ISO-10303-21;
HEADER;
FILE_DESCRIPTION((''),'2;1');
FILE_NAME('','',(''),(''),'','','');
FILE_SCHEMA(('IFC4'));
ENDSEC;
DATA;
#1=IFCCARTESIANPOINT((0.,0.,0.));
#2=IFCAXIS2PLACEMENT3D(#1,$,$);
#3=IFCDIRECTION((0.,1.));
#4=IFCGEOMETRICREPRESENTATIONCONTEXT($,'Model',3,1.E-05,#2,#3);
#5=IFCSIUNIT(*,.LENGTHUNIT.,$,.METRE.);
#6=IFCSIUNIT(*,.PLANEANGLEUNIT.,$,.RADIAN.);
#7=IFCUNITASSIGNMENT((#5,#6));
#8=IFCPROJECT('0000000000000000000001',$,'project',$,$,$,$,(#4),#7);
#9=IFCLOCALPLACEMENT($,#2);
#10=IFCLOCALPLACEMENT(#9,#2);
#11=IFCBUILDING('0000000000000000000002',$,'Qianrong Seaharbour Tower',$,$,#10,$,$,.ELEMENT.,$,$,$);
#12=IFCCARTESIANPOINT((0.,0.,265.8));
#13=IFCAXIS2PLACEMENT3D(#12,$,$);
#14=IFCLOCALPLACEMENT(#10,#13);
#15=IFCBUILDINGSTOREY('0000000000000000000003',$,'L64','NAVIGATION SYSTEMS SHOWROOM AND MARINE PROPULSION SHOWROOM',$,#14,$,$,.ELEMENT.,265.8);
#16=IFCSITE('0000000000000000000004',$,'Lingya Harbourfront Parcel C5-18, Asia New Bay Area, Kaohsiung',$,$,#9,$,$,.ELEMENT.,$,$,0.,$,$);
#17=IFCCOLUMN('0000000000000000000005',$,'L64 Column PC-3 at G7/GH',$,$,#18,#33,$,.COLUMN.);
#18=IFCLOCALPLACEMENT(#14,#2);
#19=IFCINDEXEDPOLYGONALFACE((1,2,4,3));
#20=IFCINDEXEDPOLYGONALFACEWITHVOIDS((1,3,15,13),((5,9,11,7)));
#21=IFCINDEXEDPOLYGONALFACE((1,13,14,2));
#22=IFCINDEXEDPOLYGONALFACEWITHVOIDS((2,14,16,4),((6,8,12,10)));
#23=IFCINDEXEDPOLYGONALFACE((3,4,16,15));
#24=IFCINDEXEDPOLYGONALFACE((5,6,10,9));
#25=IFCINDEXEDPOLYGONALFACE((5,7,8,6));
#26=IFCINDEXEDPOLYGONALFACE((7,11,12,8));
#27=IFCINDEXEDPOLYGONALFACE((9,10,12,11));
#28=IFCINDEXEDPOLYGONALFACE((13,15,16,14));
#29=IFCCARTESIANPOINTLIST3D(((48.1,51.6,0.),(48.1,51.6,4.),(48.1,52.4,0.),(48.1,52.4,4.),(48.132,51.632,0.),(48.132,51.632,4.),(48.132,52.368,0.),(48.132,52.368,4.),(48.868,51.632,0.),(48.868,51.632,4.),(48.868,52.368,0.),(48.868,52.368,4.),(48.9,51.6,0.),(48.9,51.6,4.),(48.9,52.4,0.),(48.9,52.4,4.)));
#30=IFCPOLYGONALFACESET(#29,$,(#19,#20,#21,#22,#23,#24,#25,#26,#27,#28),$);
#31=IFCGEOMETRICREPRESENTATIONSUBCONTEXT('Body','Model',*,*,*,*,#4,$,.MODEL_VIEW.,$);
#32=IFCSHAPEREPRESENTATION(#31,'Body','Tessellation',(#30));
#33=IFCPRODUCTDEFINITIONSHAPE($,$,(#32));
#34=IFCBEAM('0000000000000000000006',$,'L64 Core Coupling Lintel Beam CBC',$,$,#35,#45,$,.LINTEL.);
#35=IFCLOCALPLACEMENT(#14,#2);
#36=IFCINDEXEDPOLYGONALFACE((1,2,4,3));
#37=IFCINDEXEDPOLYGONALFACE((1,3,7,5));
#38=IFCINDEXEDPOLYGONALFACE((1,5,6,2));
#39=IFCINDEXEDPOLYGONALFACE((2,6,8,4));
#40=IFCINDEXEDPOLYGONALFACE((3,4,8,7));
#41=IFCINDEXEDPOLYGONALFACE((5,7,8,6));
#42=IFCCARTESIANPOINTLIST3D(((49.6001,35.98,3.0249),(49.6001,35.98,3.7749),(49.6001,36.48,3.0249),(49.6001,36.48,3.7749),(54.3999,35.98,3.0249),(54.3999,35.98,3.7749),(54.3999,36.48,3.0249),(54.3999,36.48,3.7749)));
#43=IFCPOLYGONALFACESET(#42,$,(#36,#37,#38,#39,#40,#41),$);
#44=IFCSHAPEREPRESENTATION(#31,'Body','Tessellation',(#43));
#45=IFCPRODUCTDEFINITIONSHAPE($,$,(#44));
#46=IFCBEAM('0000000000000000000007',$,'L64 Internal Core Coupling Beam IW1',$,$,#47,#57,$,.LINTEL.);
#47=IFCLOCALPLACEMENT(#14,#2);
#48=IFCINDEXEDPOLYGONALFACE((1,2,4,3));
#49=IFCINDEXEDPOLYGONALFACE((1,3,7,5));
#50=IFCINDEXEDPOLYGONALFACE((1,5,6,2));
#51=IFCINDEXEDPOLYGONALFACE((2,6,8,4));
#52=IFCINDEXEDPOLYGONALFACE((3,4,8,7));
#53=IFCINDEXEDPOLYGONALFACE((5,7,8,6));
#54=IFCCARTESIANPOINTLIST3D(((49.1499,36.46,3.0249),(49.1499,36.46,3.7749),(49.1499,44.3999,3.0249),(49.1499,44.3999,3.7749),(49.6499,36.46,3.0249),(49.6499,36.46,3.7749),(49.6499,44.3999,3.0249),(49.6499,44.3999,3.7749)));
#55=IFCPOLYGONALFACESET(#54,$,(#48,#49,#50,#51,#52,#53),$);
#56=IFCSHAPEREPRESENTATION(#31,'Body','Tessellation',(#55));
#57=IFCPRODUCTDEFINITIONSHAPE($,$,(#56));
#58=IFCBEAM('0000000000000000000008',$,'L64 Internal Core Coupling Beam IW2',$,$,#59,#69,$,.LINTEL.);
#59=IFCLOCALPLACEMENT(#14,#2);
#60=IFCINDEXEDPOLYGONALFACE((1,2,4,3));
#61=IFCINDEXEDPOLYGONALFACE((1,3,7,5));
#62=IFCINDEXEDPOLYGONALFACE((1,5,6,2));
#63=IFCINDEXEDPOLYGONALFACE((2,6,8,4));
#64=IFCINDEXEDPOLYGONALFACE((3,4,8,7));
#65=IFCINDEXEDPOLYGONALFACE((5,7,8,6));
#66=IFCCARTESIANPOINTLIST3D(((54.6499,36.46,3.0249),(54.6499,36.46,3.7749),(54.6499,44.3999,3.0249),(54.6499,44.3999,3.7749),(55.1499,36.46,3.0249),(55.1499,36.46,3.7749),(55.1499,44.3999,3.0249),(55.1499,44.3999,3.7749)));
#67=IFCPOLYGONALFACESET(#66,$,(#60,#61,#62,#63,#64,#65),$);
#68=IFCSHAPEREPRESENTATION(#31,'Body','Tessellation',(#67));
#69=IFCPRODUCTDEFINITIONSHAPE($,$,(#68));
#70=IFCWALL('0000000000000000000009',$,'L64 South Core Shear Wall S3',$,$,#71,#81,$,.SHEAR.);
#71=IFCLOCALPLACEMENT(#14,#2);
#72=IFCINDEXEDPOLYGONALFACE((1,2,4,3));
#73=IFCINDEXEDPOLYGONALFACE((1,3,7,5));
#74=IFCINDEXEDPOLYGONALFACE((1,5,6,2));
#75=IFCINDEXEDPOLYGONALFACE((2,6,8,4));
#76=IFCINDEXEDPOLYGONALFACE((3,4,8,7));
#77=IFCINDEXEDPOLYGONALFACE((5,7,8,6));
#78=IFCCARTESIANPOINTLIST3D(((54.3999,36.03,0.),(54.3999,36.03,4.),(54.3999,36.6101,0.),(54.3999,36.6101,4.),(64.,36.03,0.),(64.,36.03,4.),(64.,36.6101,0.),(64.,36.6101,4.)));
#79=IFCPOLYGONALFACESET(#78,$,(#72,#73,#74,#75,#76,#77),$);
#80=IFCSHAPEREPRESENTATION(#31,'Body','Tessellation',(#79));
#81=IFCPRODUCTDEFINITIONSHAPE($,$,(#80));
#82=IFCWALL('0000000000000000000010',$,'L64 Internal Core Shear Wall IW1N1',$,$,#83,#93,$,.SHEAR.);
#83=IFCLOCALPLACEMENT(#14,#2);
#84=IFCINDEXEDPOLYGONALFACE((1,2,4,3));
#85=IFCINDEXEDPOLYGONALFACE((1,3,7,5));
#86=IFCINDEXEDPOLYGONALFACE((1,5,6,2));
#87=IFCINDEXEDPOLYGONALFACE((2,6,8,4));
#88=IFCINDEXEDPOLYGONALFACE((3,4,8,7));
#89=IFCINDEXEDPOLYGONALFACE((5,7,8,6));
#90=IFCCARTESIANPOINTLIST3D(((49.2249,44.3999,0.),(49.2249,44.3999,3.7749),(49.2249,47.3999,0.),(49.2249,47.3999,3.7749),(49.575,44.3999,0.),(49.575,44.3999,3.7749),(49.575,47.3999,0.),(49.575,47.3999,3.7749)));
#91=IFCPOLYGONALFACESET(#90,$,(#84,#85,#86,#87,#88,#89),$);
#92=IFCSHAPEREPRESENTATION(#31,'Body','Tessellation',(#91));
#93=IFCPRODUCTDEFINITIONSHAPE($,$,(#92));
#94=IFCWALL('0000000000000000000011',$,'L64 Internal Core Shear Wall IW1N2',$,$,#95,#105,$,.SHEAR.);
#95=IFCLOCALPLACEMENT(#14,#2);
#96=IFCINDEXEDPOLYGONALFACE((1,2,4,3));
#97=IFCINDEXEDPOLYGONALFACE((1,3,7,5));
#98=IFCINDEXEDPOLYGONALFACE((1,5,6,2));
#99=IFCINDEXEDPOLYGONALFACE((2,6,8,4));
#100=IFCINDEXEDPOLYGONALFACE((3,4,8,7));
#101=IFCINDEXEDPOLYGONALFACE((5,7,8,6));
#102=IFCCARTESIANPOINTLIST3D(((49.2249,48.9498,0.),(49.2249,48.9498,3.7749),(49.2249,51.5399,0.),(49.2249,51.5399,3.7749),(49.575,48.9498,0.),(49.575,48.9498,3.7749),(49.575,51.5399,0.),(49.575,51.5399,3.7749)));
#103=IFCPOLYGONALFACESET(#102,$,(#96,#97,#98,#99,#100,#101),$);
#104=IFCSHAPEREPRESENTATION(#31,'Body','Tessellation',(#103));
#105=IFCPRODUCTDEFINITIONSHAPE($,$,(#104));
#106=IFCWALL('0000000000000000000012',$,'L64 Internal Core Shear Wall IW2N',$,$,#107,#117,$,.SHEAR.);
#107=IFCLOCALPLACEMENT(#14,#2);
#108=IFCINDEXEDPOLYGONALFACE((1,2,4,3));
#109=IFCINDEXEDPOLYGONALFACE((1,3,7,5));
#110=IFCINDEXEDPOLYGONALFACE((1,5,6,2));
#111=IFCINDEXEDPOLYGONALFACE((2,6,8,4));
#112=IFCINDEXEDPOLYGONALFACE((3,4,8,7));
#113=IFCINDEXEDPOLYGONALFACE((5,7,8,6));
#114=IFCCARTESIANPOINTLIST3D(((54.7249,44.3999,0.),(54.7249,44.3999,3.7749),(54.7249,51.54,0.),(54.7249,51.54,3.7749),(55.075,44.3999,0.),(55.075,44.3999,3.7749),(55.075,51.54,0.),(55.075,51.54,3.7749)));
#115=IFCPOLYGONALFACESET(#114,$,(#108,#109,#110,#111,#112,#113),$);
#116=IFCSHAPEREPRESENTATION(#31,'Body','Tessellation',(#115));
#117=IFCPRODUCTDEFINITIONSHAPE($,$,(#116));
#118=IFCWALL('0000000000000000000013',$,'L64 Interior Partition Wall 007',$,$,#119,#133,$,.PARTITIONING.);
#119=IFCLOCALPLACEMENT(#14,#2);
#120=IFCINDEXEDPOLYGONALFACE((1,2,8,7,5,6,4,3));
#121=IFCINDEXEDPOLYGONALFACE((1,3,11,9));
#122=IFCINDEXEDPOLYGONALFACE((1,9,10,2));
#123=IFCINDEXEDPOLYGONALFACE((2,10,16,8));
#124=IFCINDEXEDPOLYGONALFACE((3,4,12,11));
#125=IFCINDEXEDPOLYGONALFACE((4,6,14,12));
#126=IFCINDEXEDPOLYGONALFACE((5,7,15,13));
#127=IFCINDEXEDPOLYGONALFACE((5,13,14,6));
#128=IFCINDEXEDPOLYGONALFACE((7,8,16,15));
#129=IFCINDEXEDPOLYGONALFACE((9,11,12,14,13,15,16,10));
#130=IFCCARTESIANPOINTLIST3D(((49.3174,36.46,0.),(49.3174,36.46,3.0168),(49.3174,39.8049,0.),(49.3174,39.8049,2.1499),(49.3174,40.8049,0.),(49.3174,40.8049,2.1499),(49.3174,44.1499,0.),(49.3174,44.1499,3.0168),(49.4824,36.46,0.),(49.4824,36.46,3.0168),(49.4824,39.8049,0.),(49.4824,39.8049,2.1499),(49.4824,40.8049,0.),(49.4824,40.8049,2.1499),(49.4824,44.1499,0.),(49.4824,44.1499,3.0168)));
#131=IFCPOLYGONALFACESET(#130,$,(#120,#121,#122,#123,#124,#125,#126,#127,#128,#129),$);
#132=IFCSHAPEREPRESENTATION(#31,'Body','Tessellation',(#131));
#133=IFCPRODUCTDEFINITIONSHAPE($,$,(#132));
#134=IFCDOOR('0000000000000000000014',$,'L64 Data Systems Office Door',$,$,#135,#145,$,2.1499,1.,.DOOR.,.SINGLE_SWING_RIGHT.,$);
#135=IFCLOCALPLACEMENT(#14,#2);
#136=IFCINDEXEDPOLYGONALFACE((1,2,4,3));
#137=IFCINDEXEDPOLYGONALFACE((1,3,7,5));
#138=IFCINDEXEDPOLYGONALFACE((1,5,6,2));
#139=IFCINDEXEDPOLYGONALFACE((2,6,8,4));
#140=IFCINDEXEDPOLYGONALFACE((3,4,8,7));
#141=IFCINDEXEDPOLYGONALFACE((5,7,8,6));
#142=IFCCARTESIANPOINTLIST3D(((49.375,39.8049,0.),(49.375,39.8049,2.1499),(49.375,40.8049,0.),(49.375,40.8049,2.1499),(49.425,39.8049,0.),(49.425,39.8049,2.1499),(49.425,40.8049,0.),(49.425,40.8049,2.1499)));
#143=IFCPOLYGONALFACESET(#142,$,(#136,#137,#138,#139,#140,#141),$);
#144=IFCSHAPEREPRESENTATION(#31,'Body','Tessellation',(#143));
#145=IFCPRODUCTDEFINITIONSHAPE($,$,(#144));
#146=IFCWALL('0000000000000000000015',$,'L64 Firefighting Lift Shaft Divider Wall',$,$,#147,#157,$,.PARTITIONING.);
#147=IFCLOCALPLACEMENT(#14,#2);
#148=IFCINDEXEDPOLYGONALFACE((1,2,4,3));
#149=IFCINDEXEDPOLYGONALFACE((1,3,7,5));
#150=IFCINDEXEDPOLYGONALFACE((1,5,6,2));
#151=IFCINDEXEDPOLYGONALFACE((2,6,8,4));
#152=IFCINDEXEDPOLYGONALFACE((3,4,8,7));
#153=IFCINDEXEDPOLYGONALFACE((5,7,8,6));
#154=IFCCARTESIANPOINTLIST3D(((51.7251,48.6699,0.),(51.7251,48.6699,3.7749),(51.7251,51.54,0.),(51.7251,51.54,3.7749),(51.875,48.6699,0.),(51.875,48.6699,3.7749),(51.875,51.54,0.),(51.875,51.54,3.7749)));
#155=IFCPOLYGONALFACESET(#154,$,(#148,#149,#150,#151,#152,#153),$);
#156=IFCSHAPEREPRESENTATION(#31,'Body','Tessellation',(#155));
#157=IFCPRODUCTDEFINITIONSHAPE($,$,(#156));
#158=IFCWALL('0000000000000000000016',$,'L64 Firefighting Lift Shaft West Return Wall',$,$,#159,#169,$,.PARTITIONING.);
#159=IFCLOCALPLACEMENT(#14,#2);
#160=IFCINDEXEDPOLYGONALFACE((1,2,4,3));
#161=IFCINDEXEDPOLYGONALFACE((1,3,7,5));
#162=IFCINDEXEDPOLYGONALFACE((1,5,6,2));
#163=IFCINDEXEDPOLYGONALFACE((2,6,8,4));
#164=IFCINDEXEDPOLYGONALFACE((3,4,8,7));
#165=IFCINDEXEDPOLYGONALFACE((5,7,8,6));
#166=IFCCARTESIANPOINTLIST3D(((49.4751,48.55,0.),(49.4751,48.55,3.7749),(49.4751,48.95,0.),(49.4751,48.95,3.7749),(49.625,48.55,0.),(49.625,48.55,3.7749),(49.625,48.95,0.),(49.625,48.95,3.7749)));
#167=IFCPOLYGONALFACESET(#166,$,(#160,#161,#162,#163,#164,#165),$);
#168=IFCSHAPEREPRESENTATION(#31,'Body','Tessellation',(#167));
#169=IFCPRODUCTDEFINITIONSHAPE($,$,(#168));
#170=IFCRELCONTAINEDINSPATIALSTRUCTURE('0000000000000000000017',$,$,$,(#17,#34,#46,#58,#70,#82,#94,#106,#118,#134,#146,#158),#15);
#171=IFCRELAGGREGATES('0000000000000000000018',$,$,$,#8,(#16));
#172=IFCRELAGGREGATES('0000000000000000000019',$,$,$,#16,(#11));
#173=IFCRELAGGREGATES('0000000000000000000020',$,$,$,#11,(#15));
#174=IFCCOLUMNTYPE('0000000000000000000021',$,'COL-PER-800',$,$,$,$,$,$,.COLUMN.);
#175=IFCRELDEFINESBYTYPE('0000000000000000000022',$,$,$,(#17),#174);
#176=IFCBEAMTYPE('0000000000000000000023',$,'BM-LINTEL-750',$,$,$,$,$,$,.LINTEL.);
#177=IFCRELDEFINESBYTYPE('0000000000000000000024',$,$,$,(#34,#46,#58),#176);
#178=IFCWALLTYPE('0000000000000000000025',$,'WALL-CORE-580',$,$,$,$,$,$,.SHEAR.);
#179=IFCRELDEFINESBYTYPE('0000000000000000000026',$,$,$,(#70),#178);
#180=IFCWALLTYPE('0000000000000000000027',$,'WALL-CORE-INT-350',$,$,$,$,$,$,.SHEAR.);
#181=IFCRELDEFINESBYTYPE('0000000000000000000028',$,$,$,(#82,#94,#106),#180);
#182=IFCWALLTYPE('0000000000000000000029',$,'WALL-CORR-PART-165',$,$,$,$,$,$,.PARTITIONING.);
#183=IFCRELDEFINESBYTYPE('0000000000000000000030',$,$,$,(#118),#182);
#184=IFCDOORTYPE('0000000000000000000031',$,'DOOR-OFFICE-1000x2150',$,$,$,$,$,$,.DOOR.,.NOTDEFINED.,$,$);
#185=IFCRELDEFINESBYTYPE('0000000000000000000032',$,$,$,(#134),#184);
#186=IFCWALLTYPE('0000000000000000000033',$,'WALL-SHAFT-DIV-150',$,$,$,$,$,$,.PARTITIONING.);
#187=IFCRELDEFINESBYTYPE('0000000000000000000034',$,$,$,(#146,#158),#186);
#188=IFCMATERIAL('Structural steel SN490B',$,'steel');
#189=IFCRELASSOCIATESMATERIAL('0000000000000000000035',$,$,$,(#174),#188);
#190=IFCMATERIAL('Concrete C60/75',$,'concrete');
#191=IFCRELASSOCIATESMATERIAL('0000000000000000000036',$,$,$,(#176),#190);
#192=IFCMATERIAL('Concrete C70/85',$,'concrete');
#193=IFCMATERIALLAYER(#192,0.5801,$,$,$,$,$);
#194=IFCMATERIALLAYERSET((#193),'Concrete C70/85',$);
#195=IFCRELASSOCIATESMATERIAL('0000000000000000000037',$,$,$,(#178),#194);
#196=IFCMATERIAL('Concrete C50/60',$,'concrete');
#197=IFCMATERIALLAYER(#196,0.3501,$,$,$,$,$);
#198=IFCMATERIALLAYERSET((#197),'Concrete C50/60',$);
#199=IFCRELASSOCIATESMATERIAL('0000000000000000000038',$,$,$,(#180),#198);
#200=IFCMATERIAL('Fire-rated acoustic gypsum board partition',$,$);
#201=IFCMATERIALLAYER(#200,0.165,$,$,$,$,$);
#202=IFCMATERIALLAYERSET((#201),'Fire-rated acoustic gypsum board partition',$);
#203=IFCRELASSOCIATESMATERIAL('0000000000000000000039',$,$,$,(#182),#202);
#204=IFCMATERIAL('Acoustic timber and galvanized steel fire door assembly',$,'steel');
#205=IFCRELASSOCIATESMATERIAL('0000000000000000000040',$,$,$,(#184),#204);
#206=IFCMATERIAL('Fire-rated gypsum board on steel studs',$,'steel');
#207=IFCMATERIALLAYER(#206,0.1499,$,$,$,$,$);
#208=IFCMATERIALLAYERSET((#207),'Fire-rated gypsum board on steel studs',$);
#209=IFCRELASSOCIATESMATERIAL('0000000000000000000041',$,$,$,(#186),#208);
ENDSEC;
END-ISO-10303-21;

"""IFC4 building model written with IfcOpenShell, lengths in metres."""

from ifc_helpers import new_model, si_unit, direction, frame, frame_2d, origin, origin_2d, place, context, subcontext, project, spatial, rectangle, hollow_rectangle, extrude, material, layer, layer_set, material_profile, profile_set, type_object, element, fill, save


model = new_model("IFC4")

# Units and contexts
model_context = context("Model", 3, precision=1e-05, world=origin(), true_north=direction((0.0, 1.0)))
body_context = subcontext(model_context, "Body", "Model", "MODEL_VIEW")
ifc_project = project(units=[si_unit("LENGTHUNIT", "METRE"), si_unit("PLANEANGLEUNIT", "RADIAN")], contexts=[model_context])

# Site, building, storey
site_placement = place(None, origin())
site = spatial("IfcSite", under=ifc_project, at=site_placement, Name="Lingya Harbourfront Parcel C5-18, Asia New Bay Area, Kaohsiung", CompositionType="ELEMENT", RefElevation=0.0)
building_placement = place(site_placement, origin())
building = spatial("IfcBuilding", under=site, at=building_placement, Name="Qianrong Seaharbour Tower", CompositionType="ELEMENT")
storey_placement = place(building_placement, frame((0.0, 0.0, 265.8)))
storey = spatial("IfcBuildingStorey", under=building, at=storey_placement, Name="L64", Description="NAVIGATION SYSTEMS SHOWROOM AND MARINE PROPULSION SHOWROOM", CompositionType="ELEMENT", Elevation=265.8)

# Column
ifc_material_1 = material(Name="Structural steel SN490B", Category="steel")
ifc_material_profile_1 = material_profile(ifc_material_1, hollow_rectangle(XDim=0.8, YDim=0.8, WallThickness=0.032, at=origin_2d()), Name="BOX800x800x32")
ifc_profile_set_1 = profile_set([ifc_material_profile_1], Name="Structural steel SN490B")
column_type = type_object("IfcColumnType", Name="COL-PER-800", PredefinedType="COLUMN", material=ifc_profile_set_1)
column_placement = place(storey_placement, frame((48.5, 52.0, 0.0), z_axis=(0.0, 0.0, 1.0), x_axis=(1.0, 0.0, 0.0)))
element("IfcColumn", 1, at=column_placement, inside=storey, type_object=column_type, Name="L64 Column PC-3 at G7/GH", PredefinedType="COLUMN", context=body_context, shape_type="SweptSolid", body=[
    extrude(hollow_rectangle(XDim=0.8, YDim=0.8, WallThickness=0.032, at=origin_2d()), origin(), (0.0, 0.0, 1.0), 4.0),
])

# Beams
ifc_material_2 = material(Name="Concrete C60/75", Category="concrete")
ifc_material_profile_2 = material_profile(ifc_material_2, rectangle(XDim=0.5, YDim=0.75, at=origin_2d()), Name="RC500x750")
ifc_profile_set_2 = profile_set([ifc_material_profile_2], Name="Concrete C60/75")
beam_type = type_object("IfcBeamType", Name="BM-LINTEL-750", PredefinedType="LINTEL", material=ifc_profile_set_2)
beam_placement = place(storey_placement, frame((49.6001, 36.23, 3.3999), z_axis=(1.0, 0.0, 0.0), x_axis=(0.0, 1.0, 0.0)))
element("IfcBeam", 2, at=beam_placement, inside=storey, type_object=beam_type, Name="L64 Core Coupling Lintel Beam CBC", PredefinedType="LINTEL", context=body_context, shape_type="SweptSolid", body=[
    extrude(rectangle(XDim=0.5, YDim=0.75, at=origin_2d()), origin(), (0.0, 0.0, 1.0), 4.7998),
])
for number, where, z_axis, x_axis, name in (
    (3, (49.3999, 36.46, 3.3999), (0.0, 1.0, 0.0), (-1.0, 0.0, 0.0), "L64 Internal Core Coupling Beam IW1"),
    (4, (54.8999, 36.46, 3.3999), (0.0, 1.0, 0.0), (-1.0, 0.0, 0.0), "L64 Internal Core Coupling Beam IW2"),
):
    element("IfcBeam", number, at=place(storey_placement, frame(where, z_axis=z_axis, x_axis=x_axis)), inside=storey, type_object=beam_type, Name=name, PredefinedType="LINTEL", context=body_context, shape_type="SweptSolid", body=[
        extrude(rectangle(XDim=0.5, YDim=0.75, at=origin_2d()), origin(), (0.0, 0.0, 1.0), 7.9399),
    ])

# Walls
ifc_material_3 = material(Name="Concrete C70/85", Category="concrete")
ifc_layer_1 = layer(ifc_material_3, 0.5801)
ifc_layer_set_1 = layer_set([ifc_layer_1], Name="Concrete C70/85")
wall_type_1 = type_object("IfcWallType", Name="WALL-CORE-580", PredefinedType="SHEAR", material=ifc_layer_set_1)
wall_1_placement = place(storey_placement, frame((54.3999, 36.3201, 0.0), z_axis=(0.0, 0.0, 1.0), x_axis=(1.0, 0.0, 0.0)))
element("IfcWall", 5, at=wall_1_placement, inside=storey, type_object=wall_type_1, Name="L64 South Core Shear Wall S3", PredefinedType="SHEAR", context=body_context, shape_type="SweptSolid", body=[
    extrude(rectangle(XDim=9.6001, YDim=0.5801, at=frame_2d((4.8, 0.0))), origin(), (0.0, 0.0, 1.0), 4.0),
])
ifc_material_4 = material(Name="Concrete C50/60", Category="concrete")
ifc_layer_2 = layer(ifc_material_4, 0.3501)
ifc_layer_set_2 = layer_set([ifc_layer_2], Name="Concrete C50/60")
wall_type_2 = type_object("IfcWallType", Name="WALL-CORE-INT-350", PredefinedType="SHEAR", material=ifc_layer_set_2)
wall_2_placement = place(storey_placement, frame((49.3999, 44.3999, 0.0), z_axis=(0.0, 0.0, 1.0), x_axis=(0.0, 1.0, 0.0)))
element("IfcWall", 6, at=wall_2_placement, inside=storey, type_object=wall_type_2, Name="L64 Internal Core Shear Wall IW1N1", PredefinedType="SHEAR", context=body_context, shape_type="SweptSolid", body=[
    extrude(rectangle(XDim=3.0, YDim=0.3501, at=frame_2d((1.5, 0.0))), origin(), (0.0, 0.0, 1.0), 3.7749),
])
wall_3_placement = place(storey_placement, frame((49.3999, 48.95, 0.0), z_axis=(0.0, 0.0, 1.0), x_axis=(0.0, 1.0, 0.0)))
element("IfcWall", 7, at=wall_3_placement, inside=storey, type_object=wall_type_2, Name="L64 Internal Core Shear Wall IW1N2", PredefinedType="SHEAR", context=body_context, shape_type="SweptSolid", body=[
    extrude(rectangle(XDim=2.5901, YDim=0.3501, at=frame_2d((1.2949, 0.0))), origin(), (0.0, 0.0, 1.0), 3.7749),
])
wall_4_placement = place(storey_placement, frame((54.8999, 44.3999, 0.0), z_axis=(0.0, 0.0, 1.0), x_axis=(0.0, 1.0, 0.0)))
element("IfcWall", 8, at=wall_4_placement, inside=storey, type_object=wall_type_2, Name="L64 Internal Core Shear Wall IW2N", PredefinedType="SHEAR", context=body_context, shape_type="SweptSolid", body=[
    extrude(rectangle(XDim=7.1401, YDim=0.3501, at=frame_2d((3.5701, 0.0))), origin(), (0.0, 0.0, 1.0), 3.7749),
])

# Wall, opening, door
ifc_material_5 = material(Name="Fire-rated acoustic gypsum board partition")
ifc_layer_3 = layer(ifc_material_5, 0.165)
ifc_layer_set_3 = layer_set([ifc_layer_3], Name="Fire-rated acoustic gypsum board partition")
wall_type_3 = type_object("IfcWallType", Name="WALL-CORR-PART-165", PredefinedType="PARTITIONING", material=ifc_layer_set_3)
wall_5_placement = place(storey_placement, frame((49.3999, 36.46, 0.0), z_axis=(0.0, 0.0, 1.0), x_axis=(0.0, 1.0, 0.0)))
wall_5 = element("IfcWall", 9, at=wall_5_placement, inside=storey, type_object=wall_type_3, Name="L64 Interior Partition Wall 007", PredefinedType="PARTITIONING", context=body_context, shape_type="SweptSolid", body=[
    extrude(rectangle(XDim=7.6899, YDim=0.165, at=frame_2d((3.845, 0.0))), origin(), (0.0, 0.0, 1.0), 3.0168),
])
opening_1_placement = place(wall_5_placement, frame((3.345, 0.0, 0.0)))
opening_1 = element("IfcOpeningElement", 10, at=opening_1_placement, cuts=wall_5, PredefinedType="OPENING", context=body_context, shape_type="SweptSolid", body=[
    extrude(rectangle(XDim=1.0, YDim=2.1499, at=frame_2d((0.5, 1.075))), frame((0.0, 0.0925, 0.0), z_axis=(0.0, -1.0, 0.0), x_axis=(1.0, 0.0, 0.0)), (0.0, 0.0, 1.0), 0.1851),
])
ifc_material_6 = material(Name="Acoustic timber and galvanized steel fire door assembly", Category="steel")
door_type_1 = type_object("IfcDoorType", Name="DOOR-OFFICE-1000x2150", OperationType="NOTDEFINED", PredefinedType="DOOR", material=ifc_material_6)
door_1_placement = place(opening_1_placement, origin())
door_1 = element("IfcDoor", 11, at=door_1_placement, inside=storey, type_object=door_type_1, Name="L64 Data Systems Office Door", OperationType="SINGLE_SWING_RIGHT", OverallHeight=2.1499, OverallWidth=1.0, PredefinedType="DOOR", context=body_context, shape_type="SweptSolid", body=[
    extrude(rectangle(XDim=1.0, YDim=2.1499, at=frame_2d((0.5, 1.075))), frame((0.0, 0.0249, 0.0), z_axis=(0.0, -1.0, 0.0), x_axis=(1.0, 0.0, 0.0)), (0.0, 0.0, 1.0), 0.05),
])
fill(opening_1, door_1)

# Walls
ifc_material_7 = material(Name="Fire-rated gypsum board on steel studs", Category="steel")
ifc_layer_4 = layer(ifc_material_7, 0.1499)
ifc_layer_set_4 = layer_set([ifc_layer_4], Name="Fire-rated gypsum board on steel studs")
wall_type_4 = type_object("IfcWallType", Name="WALL-SHAFT-DIV-150", PredefinedType="PARTITIONING", material=ifc_layer_set_4)
wall_6_placement = place(storey_placement, frame((51.8, 48.6699, 0.0), z_axis=(0.0, 0.0, 1.0), x_axis=(0.0, 1.0, 0.0)))
element("IfcWall", 12, at=wall_6_placement, inside=storey, type_object=wall_type_4, Name="L64 Firefighting Lift Shaft Divider Wall", PredefinedType="PARTITIONING", context=body_context, shape_type="SweptSolid", body=[
    extrude(rectangle(XDim=2.8701, YDim=0.1499, at=frame_2d((1.4351, 0.0))), origin(), (0.0, 0.0, 1.0), 3.7749),
])
wall_7_placement = place(storey_placement, frame((49.55, 48.55, 0.0), z_axis=(0.0, 0.0, 1.0), x_axis=(0.0, 1.0, 0.0)))
element("IfcWall", 13, at=wall_7_placement, inside=storey, type_object=wall_type_4, Name="L64 Firefighting Lift Shaft West Return Wall", PredefinedType="PARTITIONING", context=body_context, shape_type="SweptSolid", body=[
    extrude(rectangle(XDim=0.3999, YDim=0.1499, at=frame_2d((0.2, 0.0))), origin(), (0.0, 0.0, 1.0), 3.7749),
])

save(model, "model.ifc")
